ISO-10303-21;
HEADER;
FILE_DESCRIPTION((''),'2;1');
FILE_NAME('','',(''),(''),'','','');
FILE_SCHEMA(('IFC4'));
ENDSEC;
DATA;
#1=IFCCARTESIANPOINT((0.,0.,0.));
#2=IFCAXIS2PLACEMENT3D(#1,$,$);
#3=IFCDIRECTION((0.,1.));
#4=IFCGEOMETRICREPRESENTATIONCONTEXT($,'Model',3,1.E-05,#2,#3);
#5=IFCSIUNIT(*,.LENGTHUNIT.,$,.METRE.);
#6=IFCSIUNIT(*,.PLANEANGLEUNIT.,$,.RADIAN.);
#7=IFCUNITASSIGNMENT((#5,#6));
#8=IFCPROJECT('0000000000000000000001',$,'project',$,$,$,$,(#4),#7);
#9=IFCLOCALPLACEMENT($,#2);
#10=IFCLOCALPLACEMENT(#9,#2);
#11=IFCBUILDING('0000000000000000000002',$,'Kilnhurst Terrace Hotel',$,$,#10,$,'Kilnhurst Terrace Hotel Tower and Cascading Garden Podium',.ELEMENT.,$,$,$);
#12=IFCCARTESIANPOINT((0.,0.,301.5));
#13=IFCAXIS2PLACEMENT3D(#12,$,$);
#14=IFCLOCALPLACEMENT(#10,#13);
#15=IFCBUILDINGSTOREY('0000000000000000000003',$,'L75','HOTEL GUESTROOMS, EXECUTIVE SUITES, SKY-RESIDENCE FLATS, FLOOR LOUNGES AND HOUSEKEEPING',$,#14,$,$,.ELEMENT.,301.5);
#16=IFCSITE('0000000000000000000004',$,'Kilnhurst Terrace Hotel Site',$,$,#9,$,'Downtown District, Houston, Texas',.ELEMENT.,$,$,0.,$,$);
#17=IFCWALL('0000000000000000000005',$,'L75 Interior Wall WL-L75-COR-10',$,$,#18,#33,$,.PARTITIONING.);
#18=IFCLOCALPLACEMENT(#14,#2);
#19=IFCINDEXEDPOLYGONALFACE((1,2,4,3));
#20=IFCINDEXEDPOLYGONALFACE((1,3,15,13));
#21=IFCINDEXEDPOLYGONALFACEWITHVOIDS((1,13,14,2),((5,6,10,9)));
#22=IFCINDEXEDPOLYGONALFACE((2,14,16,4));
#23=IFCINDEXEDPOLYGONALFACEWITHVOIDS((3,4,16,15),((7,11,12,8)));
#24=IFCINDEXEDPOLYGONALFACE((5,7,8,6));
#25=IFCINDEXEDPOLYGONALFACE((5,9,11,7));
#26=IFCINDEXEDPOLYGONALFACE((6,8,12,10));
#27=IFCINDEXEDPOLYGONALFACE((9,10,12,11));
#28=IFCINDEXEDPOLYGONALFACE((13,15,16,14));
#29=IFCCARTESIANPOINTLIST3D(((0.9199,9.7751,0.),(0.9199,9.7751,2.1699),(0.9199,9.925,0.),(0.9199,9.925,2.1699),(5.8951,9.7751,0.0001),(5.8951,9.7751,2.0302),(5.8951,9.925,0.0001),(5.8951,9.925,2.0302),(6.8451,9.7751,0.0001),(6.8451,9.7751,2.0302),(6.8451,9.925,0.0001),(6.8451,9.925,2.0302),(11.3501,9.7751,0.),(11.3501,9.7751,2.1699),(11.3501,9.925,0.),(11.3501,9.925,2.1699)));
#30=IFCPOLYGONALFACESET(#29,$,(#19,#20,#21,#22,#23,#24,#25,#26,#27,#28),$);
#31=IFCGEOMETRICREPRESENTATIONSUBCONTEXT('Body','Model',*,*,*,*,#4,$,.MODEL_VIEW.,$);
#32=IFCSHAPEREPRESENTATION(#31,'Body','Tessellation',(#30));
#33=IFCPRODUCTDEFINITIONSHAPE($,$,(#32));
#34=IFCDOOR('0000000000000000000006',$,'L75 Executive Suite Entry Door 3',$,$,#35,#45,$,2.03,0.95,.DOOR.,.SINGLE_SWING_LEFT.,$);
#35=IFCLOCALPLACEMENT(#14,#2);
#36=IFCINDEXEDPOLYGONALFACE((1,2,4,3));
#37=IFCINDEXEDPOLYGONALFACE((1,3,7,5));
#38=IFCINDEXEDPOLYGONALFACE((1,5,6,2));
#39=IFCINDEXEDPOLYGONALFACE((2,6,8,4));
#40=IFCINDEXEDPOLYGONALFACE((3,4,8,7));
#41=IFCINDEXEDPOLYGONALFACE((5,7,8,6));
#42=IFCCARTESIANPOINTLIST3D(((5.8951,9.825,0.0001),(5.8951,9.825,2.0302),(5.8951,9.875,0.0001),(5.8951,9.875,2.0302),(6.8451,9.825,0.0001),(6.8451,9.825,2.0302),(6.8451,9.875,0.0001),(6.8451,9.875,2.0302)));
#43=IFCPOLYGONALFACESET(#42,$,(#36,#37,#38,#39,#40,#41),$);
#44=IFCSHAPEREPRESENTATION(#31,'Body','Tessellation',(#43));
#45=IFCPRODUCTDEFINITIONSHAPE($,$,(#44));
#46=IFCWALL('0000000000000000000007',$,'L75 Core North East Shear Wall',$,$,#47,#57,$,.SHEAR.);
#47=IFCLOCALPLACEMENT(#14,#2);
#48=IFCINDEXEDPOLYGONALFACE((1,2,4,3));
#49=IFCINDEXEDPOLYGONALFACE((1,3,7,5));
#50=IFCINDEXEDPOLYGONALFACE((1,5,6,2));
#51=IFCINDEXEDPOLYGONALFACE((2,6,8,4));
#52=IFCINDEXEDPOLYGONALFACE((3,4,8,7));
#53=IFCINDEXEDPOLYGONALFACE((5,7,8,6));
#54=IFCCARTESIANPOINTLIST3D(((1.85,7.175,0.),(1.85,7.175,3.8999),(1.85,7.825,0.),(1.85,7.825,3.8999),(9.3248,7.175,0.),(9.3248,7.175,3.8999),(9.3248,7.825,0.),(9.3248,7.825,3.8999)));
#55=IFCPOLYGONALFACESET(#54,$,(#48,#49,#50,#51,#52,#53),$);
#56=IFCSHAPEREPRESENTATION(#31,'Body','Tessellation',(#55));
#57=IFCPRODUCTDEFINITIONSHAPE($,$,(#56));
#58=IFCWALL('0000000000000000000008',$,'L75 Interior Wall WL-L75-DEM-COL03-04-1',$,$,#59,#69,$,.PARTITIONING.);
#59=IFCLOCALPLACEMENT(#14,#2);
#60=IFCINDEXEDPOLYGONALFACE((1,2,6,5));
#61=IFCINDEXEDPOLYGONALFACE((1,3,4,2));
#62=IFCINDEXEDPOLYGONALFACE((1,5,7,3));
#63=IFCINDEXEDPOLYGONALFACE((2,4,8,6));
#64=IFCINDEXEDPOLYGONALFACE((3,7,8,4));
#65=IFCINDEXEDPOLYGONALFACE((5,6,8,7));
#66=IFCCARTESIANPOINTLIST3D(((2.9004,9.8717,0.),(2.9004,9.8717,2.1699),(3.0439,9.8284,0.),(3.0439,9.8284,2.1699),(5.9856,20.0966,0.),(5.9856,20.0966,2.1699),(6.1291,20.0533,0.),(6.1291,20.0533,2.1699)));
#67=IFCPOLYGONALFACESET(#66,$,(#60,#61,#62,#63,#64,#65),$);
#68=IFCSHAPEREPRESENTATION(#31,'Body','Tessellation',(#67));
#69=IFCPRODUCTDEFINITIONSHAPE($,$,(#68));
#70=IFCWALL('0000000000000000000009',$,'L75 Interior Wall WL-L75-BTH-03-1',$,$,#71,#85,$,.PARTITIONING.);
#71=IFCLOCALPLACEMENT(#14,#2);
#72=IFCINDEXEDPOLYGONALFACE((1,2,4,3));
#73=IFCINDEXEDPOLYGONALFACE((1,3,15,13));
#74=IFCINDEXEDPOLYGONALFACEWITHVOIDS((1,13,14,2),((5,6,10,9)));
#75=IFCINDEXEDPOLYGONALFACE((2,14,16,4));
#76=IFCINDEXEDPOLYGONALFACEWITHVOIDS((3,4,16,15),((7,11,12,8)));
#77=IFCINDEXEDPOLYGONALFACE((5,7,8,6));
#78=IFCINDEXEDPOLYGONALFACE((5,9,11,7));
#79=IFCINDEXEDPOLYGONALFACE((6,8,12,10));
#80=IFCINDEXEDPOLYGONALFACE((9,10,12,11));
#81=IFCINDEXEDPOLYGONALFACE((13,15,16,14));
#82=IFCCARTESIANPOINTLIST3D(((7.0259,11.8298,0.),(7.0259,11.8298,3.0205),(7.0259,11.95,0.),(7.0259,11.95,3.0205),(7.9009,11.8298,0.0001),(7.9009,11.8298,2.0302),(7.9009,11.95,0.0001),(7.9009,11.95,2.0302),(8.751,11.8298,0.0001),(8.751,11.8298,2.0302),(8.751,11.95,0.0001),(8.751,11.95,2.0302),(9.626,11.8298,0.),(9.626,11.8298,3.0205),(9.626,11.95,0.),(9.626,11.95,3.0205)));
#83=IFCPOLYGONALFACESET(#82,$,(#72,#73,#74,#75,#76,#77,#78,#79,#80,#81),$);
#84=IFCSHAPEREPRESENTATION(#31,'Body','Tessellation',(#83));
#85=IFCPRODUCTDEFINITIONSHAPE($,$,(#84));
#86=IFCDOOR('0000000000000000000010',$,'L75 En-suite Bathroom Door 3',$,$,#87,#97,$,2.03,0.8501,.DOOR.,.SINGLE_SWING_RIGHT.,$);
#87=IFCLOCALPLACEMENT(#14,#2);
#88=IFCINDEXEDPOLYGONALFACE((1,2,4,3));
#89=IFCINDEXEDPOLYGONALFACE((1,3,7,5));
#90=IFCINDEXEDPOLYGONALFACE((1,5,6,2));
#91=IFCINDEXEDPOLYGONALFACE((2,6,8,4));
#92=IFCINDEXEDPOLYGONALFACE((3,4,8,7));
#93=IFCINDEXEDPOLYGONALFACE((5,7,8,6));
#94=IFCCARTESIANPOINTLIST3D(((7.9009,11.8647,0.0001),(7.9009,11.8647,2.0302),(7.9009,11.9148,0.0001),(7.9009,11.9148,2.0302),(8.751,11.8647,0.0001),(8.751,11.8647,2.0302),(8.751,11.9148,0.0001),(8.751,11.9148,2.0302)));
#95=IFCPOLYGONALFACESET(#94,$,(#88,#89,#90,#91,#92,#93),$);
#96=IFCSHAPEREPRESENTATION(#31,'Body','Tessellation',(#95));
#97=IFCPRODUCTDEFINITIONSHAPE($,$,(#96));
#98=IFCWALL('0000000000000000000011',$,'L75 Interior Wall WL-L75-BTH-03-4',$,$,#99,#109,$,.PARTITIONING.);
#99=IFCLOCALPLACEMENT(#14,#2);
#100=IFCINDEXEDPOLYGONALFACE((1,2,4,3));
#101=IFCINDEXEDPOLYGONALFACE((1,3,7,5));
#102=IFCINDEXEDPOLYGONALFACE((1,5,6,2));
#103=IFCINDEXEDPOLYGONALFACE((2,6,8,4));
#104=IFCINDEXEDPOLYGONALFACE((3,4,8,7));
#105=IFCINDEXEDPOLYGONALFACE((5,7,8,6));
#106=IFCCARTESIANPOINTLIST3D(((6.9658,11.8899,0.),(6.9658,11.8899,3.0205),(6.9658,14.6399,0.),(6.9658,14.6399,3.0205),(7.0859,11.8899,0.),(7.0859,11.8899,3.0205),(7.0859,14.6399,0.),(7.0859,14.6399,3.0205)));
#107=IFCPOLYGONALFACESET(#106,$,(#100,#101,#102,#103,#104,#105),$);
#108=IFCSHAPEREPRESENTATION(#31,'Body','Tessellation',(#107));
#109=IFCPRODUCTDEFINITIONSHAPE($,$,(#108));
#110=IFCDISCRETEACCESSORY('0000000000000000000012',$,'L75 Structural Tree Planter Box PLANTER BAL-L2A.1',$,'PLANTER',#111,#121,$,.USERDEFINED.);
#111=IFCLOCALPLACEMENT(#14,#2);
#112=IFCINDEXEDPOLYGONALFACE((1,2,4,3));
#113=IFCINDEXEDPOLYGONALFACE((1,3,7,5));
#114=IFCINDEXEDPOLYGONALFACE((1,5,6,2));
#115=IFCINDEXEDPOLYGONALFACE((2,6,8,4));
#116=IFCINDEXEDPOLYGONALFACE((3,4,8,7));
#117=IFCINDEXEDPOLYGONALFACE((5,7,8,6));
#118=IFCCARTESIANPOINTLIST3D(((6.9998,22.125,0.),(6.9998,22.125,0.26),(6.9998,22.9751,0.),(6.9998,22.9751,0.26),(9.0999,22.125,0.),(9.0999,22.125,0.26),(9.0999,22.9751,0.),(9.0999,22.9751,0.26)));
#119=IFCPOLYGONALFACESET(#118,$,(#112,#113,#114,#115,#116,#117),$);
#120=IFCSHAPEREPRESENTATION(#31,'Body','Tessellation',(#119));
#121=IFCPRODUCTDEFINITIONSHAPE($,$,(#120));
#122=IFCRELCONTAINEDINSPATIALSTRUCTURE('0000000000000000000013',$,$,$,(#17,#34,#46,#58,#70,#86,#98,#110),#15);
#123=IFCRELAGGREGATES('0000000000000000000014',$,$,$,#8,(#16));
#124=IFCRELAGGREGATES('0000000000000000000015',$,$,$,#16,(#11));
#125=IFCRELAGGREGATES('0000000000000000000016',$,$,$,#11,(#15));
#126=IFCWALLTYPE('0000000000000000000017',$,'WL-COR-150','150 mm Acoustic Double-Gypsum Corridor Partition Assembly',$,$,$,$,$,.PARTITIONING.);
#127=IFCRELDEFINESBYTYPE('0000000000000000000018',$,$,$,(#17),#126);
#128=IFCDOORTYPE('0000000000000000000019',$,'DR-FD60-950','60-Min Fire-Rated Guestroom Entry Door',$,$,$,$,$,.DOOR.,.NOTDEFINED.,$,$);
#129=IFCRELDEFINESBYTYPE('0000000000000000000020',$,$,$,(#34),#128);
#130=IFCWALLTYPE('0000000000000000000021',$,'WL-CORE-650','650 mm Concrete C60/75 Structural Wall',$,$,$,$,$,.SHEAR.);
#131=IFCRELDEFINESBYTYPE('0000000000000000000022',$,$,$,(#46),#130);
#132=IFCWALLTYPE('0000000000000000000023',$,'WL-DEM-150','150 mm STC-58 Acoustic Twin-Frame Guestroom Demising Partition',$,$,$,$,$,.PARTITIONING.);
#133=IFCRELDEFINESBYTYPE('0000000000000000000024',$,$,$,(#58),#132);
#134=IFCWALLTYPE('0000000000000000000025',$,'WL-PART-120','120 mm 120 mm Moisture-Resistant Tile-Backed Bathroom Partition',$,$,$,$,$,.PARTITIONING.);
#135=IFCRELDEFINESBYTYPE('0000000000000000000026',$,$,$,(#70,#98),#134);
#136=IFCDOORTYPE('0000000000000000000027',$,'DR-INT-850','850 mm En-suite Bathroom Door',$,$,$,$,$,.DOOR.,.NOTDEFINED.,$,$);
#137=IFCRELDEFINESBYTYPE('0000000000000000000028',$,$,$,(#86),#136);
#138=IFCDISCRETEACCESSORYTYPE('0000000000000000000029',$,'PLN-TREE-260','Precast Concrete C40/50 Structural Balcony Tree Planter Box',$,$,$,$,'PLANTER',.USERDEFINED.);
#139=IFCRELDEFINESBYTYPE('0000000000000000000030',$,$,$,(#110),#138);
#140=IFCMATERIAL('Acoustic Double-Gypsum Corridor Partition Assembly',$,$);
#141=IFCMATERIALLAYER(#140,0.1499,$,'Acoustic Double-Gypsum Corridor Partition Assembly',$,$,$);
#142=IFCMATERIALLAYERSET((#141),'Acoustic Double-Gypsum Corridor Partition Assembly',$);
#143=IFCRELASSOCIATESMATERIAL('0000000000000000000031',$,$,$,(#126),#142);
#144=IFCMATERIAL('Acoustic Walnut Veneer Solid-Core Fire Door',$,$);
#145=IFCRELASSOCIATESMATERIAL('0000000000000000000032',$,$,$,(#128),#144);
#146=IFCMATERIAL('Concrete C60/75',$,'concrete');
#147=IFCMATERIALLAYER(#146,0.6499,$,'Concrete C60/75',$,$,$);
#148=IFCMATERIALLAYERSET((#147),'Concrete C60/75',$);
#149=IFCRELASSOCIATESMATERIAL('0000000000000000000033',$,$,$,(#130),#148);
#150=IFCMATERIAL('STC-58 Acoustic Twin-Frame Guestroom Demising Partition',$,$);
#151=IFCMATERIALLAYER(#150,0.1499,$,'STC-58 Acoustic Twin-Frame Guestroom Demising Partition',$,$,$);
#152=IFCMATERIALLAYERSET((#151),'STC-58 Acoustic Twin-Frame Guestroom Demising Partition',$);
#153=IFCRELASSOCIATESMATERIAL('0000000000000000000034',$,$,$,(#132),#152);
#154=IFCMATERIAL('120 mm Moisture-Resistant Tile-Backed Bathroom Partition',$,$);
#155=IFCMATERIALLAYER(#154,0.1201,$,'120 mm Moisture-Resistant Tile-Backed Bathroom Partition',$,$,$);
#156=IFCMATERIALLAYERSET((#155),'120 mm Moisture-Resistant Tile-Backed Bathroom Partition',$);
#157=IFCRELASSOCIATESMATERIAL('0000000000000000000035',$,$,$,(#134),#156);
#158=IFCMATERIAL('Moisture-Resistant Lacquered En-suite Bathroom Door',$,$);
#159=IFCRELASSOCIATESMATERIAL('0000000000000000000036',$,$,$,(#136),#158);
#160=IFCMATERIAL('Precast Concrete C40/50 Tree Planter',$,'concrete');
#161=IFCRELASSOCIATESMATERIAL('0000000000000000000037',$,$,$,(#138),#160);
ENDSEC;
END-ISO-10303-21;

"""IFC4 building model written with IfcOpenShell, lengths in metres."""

from ifc_helpers import new_model, si_unit, direction, frame, frame_2d, origin, origin_2d, place, context, subcontext, project, spatial, rectangle, extrude, material, layer, layer_set, type_object, element, fill, save


model = new_model("IFC4")

# Units and contexts
model_context = context("Model", 3, precision=1e-05, world=origin(), true_north=direction((0.0, 1.0)))
body_context = subcontext(model_context, "Body", "Model", "MODEL_VIEW")
ifc_project = project(units=[si_unit("LENGTHUNIT", "METRE"), si_unit("PLANEANGLEUNIT", "RADIAN")], contexts=[model_context])

# Site, building, storey
site_placement = place(None, origin())
site = spatial("IfcSite", under=ifc_project, at=site_placement, Name="Kilnhurst Terrace Hotel Site", LongName="Downtown District, Houston, Texas", CompositionType="ELEMENT", RefElevation=0.0)
building_placement = place(site_placement, origin())
building = spatial("IfcBuilding", under=site, at=building_placement, Name="Kilnhurst Terrace Hotel", LongName="Kilnhurst Terrace Hotel Tower and Cascading Garden Podium", CompositionType="ELEMENT")
storey_placement = place(building_placement, frame((0.0, 0.0, 301.5)))
storey = spatial("IfcBuildingStorey", under=building, at=storey_placement, Name="L75", Description="HOTEL GUESTROOMS, EXECUTIVE SUITES, SKY-RESIDENCE FLATS, FLOOR LOUNGES AND HOUSEKEEPING", CompositionType="ELEMENT", Elevation=301.5)

# Shared definitions
ifc_material_1 = material(Name="Concrete C60/75", Category="concrete")

# Shared definitions
ifc_material_2 = material(Name="Acoustic Double-Gypsum Corridor Partition Assembly")
ifc_layer_1 = layer(ifc_material_2, 0.1499, Name="Acoustic Double-Gypsum Corridor Partition Assembly")
ifc_layer_set_1 = layer_set([ifc_layer_1], Name="Acoustic Double-Gypsum Corridor Partition Assembly")
wall_type_1 = type_object("IfcWallType", Name="WL-COR-150", Description="150 mm Acoustic Double-Gypsum Corridor Partition Assembly", PredefinedType="PARTITIONING", material=ifc_layer_set_1)

# Wall, opening, door
wall_1_placement = place(storey_placement, frame((0.9199, 9.8501, 0.0), z_axis=(0.0, 0.0, 1.0), x_axis=(1.0, 0.0, 0.0)))
wall_1 = element("IfcWall", 1, at=wall_1_placement, inside=storey, type_object=wall_type_1, Name="L75 Interior Wall WL-L75-COR-10", PredefinedType="PARTITIONING", context=body_context, shape_type="SweptSolid", body=[
    extrude(rectangle(XDim=10.4302, YDim=0.1499, at=frame_2d((5.2151, 0.0))), origin(), (0.0, 0.0, 1.0), 2.1699),
])
opening_1_placement = place(wall_1_placement, frame((4.9751, 0.0, 0.0)))
opening_1 = element("IfcOpeningElement", 2, at=opening_1_placement, cuts=wall_1, PredefinedType="OPENING", context=body_context, shape_type="SweptSolid", body=[
    extrude(rectangle(XDim=0.95, YDim=2.03, at=frame_2d((0.4751, 1.0151))), frame((0.0, 0.085, 0.0), z_axis=(0.0, -1.0, 0.0), x_axis=(1.0, 0.0, 0.0)), (0.0, 0.0, 1.0), 0.1699),
])
ifc_material_3 = material(Name="Acoustic Walnut Veneer Solid-Core Fire Door")
door_type_1 = type_object("IfcDoorType", Name="DR-FD60-950", Description="60-Min Fire-Rated Guestroom Entry Door", OperationType="NOTDEFINED", PredefinedType="DOOR", material=ifc_material_3)
door_1_placement = place(opening_1_placement, origin())
door_1 = element("IfcDoor", 3, at=door_1_placement, inside=storey, type_object=door_type_1, Name="L75 Executive Suite Entry Door 3", OperationType="SINGLE_SWING_LEFT", OverallHeight=2.03, OverallWidth=0.95, PredefinedType="DOOR", context=body_context, shape_type="SweptSolid", body=[
    extrude(rectangle(XDim=0.95, YDim=2.03, at=frame_2d((0.4751, 1.0151))), frame((0.0, 0.0249, 0.0), z_axis=(0.0, -1.0, 0.0), x_axis=(1.0, 0.0, 0.0)), (0.0, 0.0, 1.0), 0.05),
])
fill(opening_1, door_1)

# Walls
ifc_layer_2 = layer(ifc_material_1, 0.6499, Name="Concrete C60/75")
ifc_layer_set_2 = layer_set([ifc_layer_2], Name="Concrete C60/75")
wall_type_2 = type_object("IfcWallType", Name="WL-CORE-650", Description="650 mm Concrete C60/75 Structural Wall", PredefinedType="SHEAR", material=ifc_layer_set_2)
wall_2_placement = place(storey_placement, frame((1.8501, 7.5, 0.0), z_axis=(0.0, 0.0, 1.0), x_axis=(1.0, 0.0, 0.0)))
element("IfcWall", 4, at=wall_2_placement, inside=storey, type_object=wall_type_2, Name="L75 Core North East Shear Wall", PredefinedType="SHEAR", context=body_context, shape_type="SweptSolid", body=[
    extrude(rectangle(XDim=7.4749, YDim=0.6499, at=frame_2d((3.7373, 0.0))), origin(), (0.0, 0.0, 1.0), 3.8999),
])
ifc_material_4 = material(Name="STC-58 Acoustic Twin-Frame Guestroom Demising Partition")
ifc_layer_3 = layer(ifc_material_4, 0.1499, Name="STC-58 Acoustic Twin-Frame Guestroom Demising Partition")
ifc_layer_set_3 = layer_set([ifc_layer_3], Name="STC-58 Acoustic Twin-Frame Guestroom Demising Partition")
wall_type_3 = type_object("IfcWallType", Name="WL-DEM-150", Description="150 mm STC-58 Acoustic Twin-Frame Guestroom Demising Partition", PredefinedType="PARTITIONING", material=ifc_layer_set_3)
wall_3_placement = place(storey_placement, frame((2.9722, 9.8501, 0.0), z_axis=(0.0, 0.0, 1.0), x_axis=(0.288872, 0.957368, 0.0)))
element("IfcWall", 5, at=wall_3_placement, inside=storey, type_object=wall_type_3, Name="L75 Interior Wall WL-L75-DEM-COL03-04-1", PredefinedType="PARTITIONING", context=body_context, shape_type="SweptSolid", body=[
    extrude(rectangle(XDim=10.6802, YDim=0.1499, at=frame_2d((5.3401, 0.0))), origin(), (0.0, 0.0, 1.0), 2.1699),
])

# Wall, opening, door
ifc_material_5 = material(Name="120 mm Moisture-Resistant Tile-Backed Bathroom Partition")
ifc_layer_4 = layer(ifc_material_5, 0.1201, Name="120 mm Moisture-Resistant Tile-Backed Bathroom Partition")
ifc_layer_set_4 = layer_set([ifc_layer_4], Name="120 mm Moisture-Resistant Tile-Backed Bathroom Partition")
wall_type_4 = type_object("IfcWallType", Name="WL-PART-120", Description="120 mm 120 mm Moisture-Resistant Tile-Backed Bathroom Partition", PredefinedType="PARTITIONING", material=ifc_layer_set_4)
wall_4_placement = place(storey_placement, frame((7.0259, 11.8899, 0.0), z_axis=(0.0, 0.0, 1.0), x_axis=(1.0, 0.0, 0.0)))
wall_4 = element("IfcWall", 6, at=wall_4_placement, inside=storey, type_object=wall_type_4, Name="L75 Interior Wall WL-L75-BTH-03-1", PredefinedType="PARTITIONING", context=body_context, shape_type="SweptSolid", body=[
    extrude(rectangle(XDim=2.6001, YDim=0.1201, at=frame_2d((1.3, 0.0))), origin(), (0.0, 0.0, 1.0), 3.0205),
])
opening_2_placement = place(wall_4_placement, frame((0.875, 0.0, 0.0)))
opening_2 = element("IfcOpeningElement", 7, at=opening_2_placement, cuts=wall_4, PredefinedType="OPENING", context=body_context, shape_type="SweptSolid", body=[
    extrude(rectangle(XDim=0.8501, YDim=2.03, at=frame_2d((0.425, 1.0151))), frame((0.0, 0.0701, 0.0), z_axis=(0.0, -1.0, 0.0), x_axis=(1.0, 0.0, 0.0)), (0.0, 0.0, 1.0), 0.1401),
])
ifc_material_6 = material(Name="Moisture-Resistant Lacquered En-suite Bathroom Door")
door_type_2 = type_object("IfcDoorType", Name="DR-INT-850", Description="850 mm En-suite Bathroom Door", OperationType="NOTDEFINED", PredefinedType="DOOR", material=ifc_material_6)
door_2_placement = place(opening_2_placement, origin())
door_2 = element("IfcDoor", 8, at=door_2_placement, inside=storey, type_object=door_type_2, Name="L75 En-suite Bathroom Door 3", OperationType="SINGLE_SWING_RIGHT", OverallHeight=2.03, OverallWidth=0.8501, PredefinedType="DOOR", context=body_context, shape_type="SweptSolid", body=[
    extrude(rectangle(XDim=0.8501, YDim=2.03, at=frame_2d((0.425, 1.0151))), frame((0.0, 0.0249, 0.0), z_axis=(0.0, -1.0, 0.0), x_axis=(1.0, 0.0, 0.0)), (0.0, 0.0, 1.0), 0.05),
])
fill(opening_2, door_2)

# Wall
wall_5_placement = place(storey_placement, frame((7.0259, 14.6399, 0.0), z_axis=(0.0, 0.0, 1.0), x_axis=(0.0, -1.0, 0.0)))
element("IfcWall", 9, at=wall_5_placement, inside=storey, type_object=wall_type_4, Name="L75 Interior Wall WL-L75-BTH-03-4", PredefinedType="PARTITIONING", context=body_context, shape_type="SweptSolid", body=[
    extrude(rectangle(XDim=2.75, YDim=0.1201, at=frame_2d((1.375, 0.0))), origin(), (0.0, 0.0, 1.0), 3.0205),
])

# Discrete accessory
ifc_material_7 = material(Name="Precast Concrete C40/50 Tree Planter", Category="concrete")
discrete_accessory_type = type_object("IfcDiscreteAccessoryType", Name="PLN-TREE-260", Description="Precast Concrete C40/50 Structural Balcony Tree Planter Box", ElementType="PLANTER", PredefinedType="USERDEFINED", material=ifc_material_7)
discrete_accessory_placement = place(storey_placement, frame((8.0498, 22.55, 0.0), z_axis=(0.0, 0.0, 1.0), x_axis=(-1.0, 0.0, 0.0)))
element("IfcDiscreteAccessory", 10, at=discrete_accessory_placement, inside=storey, type_object=discrete_accessory_type, Name="L75 Structural Tree Planter Box PLANTER BAL-L2A.1", ObjectType="PLANTER", PredefinedType="USERDEFINED", context=body_context, shape_type="SweptSolid", body=[
    extrude(rectangle(XDim=2.1001, YDim=0.8501, at=origin_2d()), origin(), (0.0, 0.0, 1.0), 0.26),
])

save(model, "model.ifc")
